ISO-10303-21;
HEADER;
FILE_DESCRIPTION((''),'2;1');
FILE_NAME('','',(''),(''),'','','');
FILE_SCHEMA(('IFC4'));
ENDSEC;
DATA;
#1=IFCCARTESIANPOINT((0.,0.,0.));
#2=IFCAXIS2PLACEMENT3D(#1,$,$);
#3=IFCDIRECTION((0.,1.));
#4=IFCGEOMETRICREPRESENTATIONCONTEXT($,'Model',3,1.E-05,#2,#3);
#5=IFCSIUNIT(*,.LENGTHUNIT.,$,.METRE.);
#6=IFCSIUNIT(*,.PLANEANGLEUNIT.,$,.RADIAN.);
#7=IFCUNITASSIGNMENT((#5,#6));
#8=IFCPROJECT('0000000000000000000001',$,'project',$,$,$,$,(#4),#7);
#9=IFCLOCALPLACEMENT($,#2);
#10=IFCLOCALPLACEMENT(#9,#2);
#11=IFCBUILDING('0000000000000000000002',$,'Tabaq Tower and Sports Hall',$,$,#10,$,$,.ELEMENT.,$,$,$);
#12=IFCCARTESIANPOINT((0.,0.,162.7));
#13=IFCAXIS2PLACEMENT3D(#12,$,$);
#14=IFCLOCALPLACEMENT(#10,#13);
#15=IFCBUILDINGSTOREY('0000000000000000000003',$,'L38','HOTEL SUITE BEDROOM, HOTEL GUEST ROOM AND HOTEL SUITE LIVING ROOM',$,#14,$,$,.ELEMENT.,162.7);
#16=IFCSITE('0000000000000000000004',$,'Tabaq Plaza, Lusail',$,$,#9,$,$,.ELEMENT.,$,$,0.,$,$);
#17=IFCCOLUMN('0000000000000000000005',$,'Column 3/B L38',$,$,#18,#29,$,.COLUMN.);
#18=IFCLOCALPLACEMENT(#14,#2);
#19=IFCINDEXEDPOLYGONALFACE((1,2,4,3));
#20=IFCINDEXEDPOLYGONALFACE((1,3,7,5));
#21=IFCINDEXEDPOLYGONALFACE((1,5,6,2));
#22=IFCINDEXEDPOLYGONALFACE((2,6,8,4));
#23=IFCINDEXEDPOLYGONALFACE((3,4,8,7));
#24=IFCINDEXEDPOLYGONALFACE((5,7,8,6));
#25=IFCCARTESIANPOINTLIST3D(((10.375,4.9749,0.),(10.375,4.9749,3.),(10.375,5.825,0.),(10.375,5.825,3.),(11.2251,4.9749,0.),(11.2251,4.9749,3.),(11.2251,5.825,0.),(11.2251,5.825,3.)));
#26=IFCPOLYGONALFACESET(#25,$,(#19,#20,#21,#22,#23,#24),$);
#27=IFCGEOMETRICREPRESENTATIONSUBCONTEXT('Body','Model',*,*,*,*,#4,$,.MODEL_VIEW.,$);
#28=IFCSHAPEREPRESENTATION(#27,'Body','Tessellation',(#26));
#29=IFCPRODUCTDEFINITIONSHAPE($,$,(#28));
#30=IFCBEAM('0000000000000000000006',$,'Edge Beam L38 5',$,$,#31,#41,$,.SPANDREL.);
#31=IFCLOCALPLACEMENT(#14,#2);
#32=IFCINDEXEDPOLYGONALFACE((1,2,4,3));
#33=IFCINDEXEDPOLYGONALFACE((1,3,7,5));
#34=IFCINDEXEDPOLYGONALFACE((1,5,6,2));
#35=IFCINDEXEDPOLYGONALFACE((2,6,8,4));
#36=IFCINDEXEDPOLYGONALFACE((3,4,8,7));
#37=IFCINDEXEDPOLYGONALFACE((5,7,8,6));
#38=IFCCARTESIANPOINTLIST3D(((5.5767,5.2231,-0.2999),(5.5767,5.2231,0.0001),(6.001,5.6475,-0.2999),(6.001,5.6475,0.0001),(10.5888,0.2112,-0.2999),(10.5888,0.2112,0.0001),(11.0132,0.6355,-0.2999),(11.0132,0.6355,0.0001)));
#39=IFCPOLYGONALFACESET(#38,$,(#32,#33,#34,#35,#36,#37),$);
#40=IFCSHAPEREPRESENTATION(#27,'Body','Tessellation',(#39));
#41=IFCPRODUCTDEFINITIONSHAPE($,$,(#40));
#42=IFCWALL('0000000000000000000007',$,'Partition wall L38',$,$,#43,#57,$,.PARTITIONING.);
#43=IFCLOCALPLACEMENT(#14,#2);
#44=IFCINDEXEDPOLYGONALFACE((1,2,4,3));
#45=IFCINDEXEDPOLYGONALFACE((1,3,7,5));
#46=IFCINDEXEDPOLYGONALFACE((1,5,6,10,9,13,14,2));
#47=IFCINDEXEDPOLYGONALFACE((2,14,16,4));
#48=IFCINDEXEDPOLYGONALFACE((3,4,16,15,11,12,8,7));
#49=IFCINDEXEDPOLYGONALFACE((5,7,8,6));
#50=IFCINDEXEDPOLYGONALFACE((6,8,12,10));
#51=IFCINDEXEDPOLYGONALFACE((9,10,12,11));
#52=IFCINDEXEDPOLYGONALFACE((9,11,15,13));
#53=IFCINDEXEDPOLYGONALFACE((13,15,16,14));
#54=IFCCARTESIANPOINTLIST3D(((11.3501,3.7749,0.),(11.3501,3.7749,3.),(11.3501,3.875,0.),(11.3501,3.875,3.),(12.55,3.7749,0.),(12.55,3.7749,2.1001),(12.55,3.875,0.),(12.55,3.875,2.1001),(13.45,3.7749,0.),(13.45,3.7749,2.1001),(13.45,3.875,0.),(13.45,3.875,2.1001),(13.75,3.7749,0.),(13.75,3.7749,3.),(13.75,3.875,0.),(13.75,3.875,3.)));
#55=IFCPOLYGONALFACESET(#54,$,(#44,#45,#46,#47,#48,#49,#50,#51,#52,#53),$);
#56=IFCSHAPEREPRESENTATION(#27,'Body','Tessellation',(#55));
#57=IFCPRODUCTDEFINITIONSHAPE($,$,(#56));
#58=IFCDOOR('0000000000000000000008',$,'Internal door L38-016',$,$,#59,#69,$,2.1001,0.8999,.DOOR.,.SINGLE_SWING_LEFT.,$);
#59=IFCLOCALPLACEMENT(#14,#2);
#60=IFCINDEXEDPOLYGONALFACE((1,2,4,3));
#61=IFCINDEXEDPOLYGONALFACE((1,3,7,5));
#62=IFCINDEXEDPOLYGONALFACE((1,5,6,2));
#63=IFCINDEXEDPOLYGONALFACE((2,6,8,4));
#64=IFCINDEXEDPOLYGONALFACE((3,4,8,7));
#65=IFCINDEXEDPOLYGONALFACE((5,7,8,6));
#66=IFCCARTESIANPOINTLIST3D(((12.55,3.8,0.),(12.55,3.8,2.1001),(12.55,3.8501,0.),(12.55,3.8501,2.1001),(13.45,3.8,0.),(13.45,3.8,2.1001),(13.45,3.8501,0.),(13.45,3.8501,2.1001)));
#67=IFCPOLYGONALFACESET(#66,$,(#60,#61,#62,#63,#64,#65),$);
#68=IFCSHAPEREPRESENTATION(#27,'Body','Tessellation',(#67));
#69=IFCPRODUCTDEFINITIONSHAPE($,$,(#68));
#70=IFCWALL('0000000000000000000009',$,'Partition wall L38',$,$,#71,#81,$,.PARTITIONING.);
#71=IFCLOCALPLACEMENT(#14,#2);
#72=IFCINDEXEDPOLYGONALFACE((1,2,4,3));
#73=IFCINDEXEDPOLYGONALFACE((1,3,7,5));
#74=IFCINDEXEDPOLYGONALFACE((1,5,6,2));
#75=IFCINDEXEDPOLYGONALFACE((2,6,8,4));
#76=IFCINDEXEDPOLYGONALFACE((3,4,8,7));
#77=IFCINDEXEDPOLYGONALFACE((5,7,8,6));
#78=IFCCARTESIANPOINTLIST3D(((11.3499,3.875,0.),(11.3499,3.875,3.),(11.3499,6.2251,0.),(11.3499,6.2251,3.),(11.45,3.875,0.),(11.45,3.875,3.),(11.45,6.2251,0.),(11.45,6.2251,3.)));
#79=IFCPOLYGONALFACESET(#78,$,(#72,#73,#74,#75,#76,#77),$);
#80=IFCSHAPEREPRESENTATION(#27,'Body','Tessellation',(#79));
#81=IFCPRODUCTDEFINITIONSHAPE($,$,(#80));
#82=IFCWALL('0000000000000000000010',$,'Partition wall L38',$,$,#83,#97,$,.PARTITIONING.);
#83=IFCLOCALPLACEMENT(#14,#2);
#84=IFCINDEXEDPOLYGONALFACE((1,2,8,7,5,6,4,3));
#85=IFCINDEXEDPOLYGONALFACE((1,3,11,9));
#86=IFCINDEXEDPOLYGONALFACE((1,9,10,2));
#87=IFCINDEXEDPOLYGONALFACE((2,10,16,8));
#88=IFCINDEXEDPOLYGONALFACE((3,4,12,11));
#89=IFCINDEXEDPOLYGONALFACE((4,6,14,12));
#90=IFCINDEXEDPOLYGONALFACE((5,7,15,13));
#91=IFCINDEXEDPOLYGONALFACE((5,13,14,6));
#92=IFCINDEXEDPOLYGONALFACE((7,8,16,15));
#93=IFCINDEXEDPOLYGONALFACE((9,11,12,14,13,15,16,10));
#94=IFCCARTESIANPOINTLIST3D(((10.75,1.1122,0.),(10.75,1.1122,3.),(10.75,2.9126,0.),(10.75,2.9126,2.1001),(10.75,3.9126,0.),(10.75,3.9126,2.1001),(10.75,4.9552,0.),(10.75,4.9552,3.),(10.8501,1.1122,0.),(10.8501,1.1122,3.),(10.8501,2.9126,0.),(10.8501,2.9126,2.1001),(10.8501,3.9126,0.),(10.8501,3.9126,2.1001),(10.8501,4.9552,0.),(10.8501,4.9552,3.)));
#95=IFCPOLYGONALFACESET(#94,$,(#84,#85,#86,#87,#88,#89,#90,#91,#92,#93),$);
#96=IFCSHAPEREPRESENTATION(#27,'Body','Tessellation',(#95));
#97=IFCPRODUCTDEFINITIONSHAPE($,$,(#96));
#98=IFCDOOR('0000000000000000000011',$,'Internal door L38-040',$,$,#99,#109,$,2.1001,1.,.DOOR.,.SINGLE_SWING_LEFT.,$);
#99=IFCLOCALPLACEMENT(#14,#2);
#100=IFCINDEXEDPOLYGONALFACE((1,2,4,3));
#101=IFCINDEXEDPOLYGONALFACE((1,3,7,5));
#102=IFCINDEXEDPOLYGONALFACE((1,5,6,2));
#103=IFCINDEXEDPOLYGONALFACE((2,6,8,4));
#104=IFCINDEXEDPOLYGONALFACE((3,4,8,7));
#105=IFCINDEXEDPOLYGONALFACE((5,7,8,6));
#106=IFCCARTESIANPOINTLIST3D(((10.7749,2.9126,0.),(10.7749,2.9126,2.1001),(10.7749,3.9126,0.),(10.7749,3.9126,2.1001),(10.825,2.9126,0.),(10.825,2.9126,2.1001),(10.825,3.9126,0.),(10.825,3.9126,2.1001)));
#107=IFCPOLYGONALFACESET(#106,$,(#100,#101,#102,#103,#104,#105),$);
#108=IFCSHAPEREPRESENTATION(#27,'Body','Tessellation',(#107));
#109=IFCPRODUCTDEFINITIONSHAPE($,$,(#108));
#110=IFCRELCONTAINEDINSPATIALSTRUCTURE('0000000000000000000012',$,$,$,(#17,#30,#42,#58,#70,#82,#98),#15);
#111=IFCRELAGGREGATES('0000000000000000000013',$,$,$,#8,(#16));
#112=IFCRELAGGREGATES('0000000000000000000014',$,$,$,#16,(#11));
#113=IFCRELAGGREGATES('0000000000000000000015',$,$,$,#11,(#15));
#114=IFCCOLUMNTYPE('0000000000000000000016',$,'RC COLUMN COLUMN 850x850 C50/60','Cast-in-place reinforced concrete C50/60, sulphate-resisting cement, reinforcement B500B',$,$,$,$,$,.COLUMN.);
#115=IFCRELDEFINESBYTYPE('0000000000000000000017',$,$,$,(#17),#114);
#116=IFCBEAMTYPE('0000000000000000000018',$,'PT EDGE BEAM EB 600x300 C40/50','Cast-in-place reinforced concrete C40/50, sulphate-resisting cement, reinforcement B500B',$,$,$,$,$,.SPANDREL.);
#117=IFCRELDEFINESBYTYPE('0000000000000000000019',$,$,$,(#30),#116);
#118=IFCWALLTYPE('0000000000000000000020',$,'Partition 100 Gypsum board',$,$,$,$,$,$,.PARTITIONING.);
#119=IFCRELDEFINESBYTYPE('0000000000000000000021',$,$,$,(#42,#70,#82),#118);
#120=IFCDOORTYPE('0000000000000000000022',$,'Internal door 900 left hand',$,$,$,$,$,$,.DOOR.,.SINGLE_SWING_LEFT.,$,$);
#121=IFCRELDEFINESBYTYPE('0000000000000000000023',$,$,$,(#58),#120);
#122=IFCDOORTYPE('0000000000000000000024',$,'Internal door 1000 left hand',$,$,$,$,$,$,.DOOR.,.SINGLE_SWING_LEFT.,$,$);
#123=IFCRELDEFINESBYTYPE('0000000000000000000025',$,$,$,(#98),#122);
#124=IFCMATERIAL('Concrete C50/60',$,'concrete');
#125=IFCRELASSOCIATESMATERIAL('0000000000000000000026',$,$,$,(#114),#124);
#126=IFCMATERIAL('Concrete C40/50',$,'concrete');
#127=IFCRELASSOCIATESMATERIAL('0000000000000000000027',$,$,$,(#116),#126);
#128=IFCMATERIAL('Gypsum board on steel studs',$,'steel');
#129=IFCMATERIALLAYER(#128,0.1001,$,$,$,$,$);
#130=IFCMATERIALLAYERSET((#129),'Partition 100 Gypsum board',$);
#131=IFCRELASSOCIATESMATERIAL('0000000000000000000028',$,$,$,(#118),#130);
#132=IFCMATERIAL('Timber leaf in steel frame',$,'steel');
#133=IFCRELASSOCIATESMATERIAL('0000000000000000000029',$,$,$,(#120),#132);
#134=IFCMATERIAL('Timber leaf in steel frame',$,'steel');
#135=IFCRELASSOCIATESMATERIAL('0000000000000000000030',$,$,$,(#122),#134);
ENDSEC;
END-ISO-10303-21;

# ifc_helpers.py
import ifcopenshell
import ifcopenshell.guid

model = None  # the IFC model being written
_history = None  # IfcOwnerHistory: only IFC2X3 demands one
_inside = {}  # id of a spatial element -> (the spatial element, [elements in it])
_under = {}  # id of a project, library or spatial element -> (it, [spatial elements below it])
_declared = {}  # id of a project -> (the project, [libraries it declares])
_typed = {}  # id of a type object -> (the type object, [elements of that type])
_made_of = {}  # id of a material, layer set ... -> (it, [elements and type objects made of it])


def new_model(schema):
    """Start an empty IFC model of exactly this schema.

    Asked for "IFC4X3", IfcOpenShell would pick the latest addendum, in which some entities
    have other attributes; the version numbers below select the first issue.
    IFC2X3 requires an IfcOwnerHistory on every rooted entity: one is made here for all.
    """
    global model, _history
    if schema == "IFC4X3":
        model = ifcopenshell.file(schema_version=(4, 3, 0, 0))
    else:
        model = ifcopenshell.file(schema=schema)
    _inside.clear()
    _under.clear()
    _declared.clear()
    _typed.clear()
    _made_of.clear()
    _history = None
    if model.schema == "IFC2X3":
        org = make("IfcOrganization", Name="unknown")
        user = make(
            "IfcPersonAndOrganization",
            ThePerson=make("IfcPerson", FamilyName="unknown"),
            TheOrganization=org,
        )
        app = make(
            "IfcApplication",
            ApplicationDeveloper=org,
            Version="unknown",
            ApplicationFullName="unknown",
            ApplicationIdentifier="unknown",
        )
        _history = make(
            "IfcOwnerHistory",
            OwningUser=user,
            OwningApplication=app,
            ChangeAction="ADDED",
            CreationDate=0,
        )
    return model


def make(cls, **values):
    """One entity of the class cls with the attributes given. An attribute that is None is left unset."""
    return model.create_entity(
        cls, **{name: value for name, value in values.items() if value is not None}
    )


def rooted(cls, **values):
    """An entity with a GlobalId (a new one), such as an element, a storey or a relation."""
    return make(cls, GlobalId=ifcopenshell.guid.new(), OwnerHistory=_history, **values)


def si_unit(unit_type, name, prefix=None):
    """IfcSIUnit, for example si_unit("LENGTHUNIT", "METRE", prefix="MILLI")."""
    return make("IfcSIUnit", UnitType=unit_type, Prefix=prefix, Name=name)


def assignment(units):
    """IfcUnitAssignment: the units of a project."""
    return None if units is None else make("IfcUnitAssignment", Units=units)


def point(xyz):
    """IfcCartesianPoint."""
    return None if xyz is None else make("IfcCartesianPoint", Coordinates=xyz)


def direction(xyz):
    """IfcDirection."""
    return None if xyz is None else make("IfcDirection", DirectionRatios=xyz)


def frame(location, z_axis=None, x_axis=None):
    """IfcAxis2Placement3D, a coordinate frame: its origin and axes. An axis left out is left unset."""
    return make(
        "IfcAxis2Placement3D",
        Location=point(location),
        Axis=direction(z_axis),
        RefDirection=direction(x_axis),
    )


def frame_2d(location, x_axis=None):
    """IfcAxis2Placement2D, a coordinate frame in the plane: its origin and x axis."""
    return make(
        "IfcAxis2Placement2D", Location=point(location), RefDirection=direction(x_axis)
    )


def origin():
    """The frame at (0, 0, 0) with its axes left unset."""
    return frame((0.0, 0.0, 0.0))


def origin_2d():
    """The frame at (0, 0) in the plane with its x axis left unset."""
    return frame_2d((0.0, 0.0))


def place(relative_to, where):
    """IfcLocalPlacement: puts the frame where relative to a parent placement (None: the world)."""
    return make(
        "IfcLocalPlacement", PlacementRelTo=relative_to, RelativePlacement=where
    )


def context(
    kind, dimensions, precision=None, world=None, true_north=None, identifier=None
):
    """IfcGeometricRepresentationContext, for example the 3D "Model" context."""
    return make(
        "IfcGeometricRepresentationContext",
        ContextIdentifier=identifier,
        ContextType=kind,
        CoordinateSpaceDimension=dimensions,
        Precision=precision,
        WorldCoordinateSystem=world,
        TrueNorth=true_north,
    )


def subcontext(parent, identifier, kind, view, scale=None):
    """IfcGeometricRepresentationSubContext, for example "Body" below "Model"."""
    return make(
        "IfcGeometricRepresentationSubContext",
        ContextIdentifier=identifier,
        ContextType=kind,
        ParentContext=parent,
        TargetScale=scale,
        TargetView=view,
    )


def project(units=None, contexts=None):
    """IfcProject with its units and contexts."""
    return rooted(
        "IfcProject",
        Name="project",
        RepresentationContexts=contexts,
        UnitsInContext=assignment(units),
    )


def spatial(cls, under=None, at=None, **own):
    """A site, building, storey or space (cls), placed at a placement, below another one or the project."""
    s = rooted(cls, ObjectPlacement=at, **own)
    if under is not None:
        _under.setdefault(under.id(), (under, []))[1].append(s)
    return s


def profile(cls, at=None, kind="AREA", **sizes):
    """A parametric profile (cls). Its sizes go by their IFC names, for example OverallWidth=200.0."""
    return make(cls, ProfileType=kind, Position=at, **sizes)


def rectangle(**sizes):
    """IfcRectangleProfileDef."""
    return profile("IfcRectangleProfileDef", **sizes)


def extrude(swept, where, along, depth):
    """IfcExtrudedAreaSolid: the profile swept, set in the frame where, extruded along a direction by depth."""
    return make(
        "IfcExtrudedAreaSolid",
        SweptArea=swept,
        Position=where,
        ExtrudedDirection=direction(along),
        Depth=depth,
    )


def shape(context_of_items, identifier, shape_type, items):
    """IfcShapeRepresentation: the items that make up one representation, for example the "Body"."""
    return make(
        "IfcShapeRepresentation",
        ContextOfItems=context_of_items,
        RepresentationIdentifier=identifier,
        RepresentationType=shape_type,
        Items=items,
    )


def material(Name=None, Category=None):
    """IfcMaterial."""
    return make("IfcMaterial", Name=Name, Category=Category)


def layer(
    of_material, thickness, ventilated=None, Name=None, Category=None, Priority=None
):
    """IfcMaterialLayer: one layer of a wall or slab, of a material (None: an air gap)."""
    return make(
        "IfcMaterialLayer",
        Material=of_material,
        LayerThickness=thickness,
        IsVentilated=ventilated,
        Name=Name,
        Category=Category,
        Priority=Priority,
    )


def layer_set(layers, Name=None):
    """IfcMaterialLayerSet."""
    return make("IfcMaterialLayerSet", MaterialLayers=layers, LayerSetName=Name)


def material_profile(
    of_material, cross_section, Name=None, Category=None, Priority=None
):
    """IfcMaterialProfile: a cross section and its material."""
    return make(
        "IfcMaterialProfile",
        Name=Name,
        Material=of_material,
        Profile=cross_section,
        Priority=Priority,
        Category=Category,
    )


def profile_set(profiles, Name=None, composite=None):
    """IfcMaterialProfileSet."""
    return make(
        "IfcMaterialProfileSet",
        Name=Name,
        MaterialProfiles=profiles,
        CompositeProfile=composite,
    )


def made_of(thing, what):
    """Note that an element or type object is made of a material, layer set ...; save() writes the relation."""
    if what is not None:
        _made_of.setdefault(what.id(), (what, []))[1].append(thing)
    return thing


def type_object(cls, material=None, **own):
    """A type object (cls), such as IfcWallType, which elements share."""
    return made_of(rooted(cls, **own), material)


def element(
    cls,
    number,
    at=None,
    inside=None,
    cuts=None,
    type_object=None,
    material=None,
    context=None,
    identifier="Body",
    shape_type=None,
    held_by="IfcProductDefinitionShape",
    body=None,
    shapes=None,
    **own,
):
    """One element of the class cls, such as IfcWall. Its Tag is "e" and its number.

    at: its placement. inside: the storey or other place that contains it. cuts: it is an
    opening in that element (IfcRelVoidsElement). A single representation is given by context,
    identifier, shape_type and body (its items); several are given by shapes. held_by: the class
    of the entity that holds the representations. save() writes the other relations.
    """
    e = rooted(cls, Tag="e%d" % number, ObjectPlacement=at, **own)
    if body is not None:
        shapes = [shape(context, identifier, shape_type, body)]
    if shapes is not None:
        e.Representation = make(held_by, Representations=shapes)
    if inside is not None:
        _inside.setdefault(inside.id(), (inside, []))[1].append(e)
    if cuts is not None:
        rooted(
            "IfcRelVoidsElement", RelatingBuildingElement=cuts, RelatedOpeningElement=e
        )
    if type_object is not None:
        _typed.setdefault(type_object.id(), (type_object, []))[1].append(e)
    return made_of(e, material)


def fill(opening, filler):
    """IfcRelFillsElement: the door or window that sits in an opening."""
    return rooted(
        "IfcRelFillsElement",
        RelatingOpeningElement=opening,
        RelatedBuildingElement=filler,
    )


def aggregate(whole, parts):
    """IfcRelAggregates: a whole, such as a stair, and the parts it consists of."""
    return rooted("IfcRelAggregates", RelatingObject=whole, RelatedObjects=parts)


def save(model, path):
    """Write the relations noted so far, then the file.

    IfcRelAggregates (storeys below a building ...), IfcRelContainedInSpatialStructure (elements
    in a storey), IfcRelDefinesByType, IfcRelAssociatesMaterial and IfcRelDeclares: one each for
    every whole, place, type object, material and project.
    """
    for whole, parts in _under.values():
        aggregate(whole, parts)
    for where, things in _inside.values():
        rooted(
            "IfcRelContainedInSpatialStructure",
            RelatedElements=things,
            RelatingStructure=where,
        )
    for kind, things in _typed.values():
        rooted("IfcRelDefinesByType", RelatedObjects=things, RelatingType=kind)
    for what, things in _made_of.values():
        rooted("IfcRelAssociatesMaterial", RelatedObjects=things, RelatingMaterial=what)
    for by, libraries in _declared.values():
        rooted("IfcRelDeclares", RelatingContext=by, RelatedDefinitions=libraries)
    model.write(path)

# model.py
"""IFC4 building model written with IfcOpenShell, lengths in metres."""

from ifc_helpers import new_model, si_unit, direction, frame, frame_2d, origin, origin_2d, place, context, subcontext, project, spatial, rectangle, extrude, material, layer, layer_set, material_profile, profile_set, type_object, element, fill, save


model = new_model("IFC4")

# Units and contexts
model_context = context("Model", 3, precision=1e-05, world=origin(), true_north=direction((0.0, 1.0)))
body_context = subcontext(model_context, "Body", "Model", "MODEL_VIEW")
ifc_project = project(units=[si_unit("LENGTHUNIT", "METRE"), si_unit("PLANEANGLEUNIT", "RADIAN")], contexts=[model_context])

# Site, building, storey
site_placement = place(None, origin())
site = spatial("IfcSite", under=ifc_project, at=site_placement, Name="Tabaq Plaza, Lusail", CompositionType="ELEMENT", RefElevation=0.0)
building_placement = place(site_placement, origin())
building = spatial("IfcBuilding", under=site, at=building_placement, Name="Tabaq Tower and Sports Hall", CompositionType="ELEMENT")
storey_placement = place(building_placement, frame((0.0, 0.0, 162.7)))
storey = spatial("IfcBuildingStorey", under=building, at=storey_placement, Name="L38", Description="HOTEL SUITE BEDROOM, HOTEL GUEST ROOM AND HOTEL SUITE LIVING ROOM", CompositionType="ELEMENT", Elevation=162.7)

# Column
ifc_material_1 = material(Name="Concrete C50/60", Category="concrete")
ifc_material_profile_1 = material_profile(ifc_material_1, rectangle(XDim=0.8501, YDim=0.8501, at=origin_2d()), Name="COLUMN 850x850")
ifc_profile_set_1 = profile_set([ifc_material_profile_1], Name="Concrete C50/60")
column_type = type_object("IfcColumnType", Name="RC COLUMN COLUMN 850x850 C50/60", Description="Cast-in-place reinforced concrete C50/60, sulphate-resisting cement, reinforcement B500B", PredefinedType="COLUMN", material=ifc_profile_set_1)
column_placement = place(storey_placement, frame((10.8, 5.3999, 0.0), z_axis=(0.0, 0.0, 1.0), x_axis=(1.0, 0.0, 0.0)))
element("IfcColumn", 1, at=column_placement, inside=storey, type_object=column_type, Name="Column 3/B L38", PredefinedType="COLUMN", context=body_context, shape_type="SweptSolid", body=[
    extrude(rectangle(XDim=0.8501, YDim=0.8501, at=origin_2d()), origin(), (0.0, 0.0, 1.0), 3.0),
])

# Beam
ifc_material_2 = material(Name="Concrete C40/50", Category="concrete")
ifc_material_profile_2 = material_profile(ifc_material_2, rectangle(XDim=0.6001, YDim=0.3, at=origin_2d()), Name="EB 600x300")
ifc_profile_set_2 = profile_set([ifc_material_profile_2], Name="Concrete C40/50")
beam_type = type_object("IfcBeamType", Name="PT EDGE BEAM EB 600x300 C40/50", Description="Cast-in-place reinforced concrete C40/50, sulphate-resisting cement, reinforcement B500B", PredefinedType="SPANDREL", material=ifc_profile_set_2)
beam_placement = place(storey_placement, frame((5.7888, 5.4353, -0.1499), z_axis=(0.707124, -0.70709, 0.0), x_axis=(0.70709, 0.707124, 0.0)))
element("IfcBeam", 2, at=beam_placement, inside=storey, type_object=beam_type, Name="Edge Beam L38 5", PredefinedType="SPANDREL", context=body_context, shape_type="SweptSolid", body=[
    extrude(rectangle(XDim=0.6001, YDim=0.3, at=origin_2d()), origin(), (0.0, 0.0, 1.0), 7.0881),
])

# Wall, opening, door
ifc_material_3 = material(Name="Gypsum board on steel studs", Category="steel")
ifc_layer_1 = layer(ifc_material_3, 0.1001)
ifc_layer_set_1 = layer_set([ifc_layer_1], Name="Partition 100 Gypsum board")
wall_type_1 = type_object("IfcWallType", Name="Partition 100 Gypsum board", PredefinedType="PARTITIONING", material=ifc_layer_set_1)
wall_1_placement = place(storey_placement, frame((13.75, 3.825, 0.0), z_axis=(0.0, 0.0, 1.0), x_axis=(-1.0, 0.0, 0.0)))
wall_1 = element("IfcWall", 3, at=wall_1_placement, inside=storey, type_object=wall_type_1, Name="Partition wall L38", PredefinedType="PARTITIONING", context=body_context, shape_type="SweptSolid", body=[
    extrude(rectangle(XDim=2.3999, YDim=0.1001, at=frame_2d((1.2, 0.0))), origin(), (0.0, 0.0, 1.0), 3.0),
])
opening_1_placement = place(wall_1_placement, frame((0.3, 0.0, 0.0)))
opening_1 = element("IfcOpeningElement", 4, at=opening_1_placement, cuts=wall_1, PredefinedType="OPENING", context=body_context, shape_type="SweptSolid", body=[
    extrude(rectangle(XDim=0.8999, YDim=2.1001, at=frame_2d((0.45, 1.05))), frame((0.0, 0.05, 0.0), z_axis=(0.0, -1.0, 0.0), x_axis=(1.0, 0.0, 0.0)), (0.0, 0.0, 1.0), 0.1001),
])
ifc_material_4 = material(Name="Timber leaf in steel frame", Category="steel")
door_type_1 = type_object("IfcDoorType", Name="Internal door 900 left hand", OperationType="SINGLE_SWING_LEFT", PredefinedType="DOOR", material=ifc_material_4)
door_1_placement = place(opening_1_placement, origin())
door_1 = element("IfcDoor", 5, at=door_1_placement, inside=storey, type_object=door_type_1, Name="Internal door L38-016", OperationType="SINGLE_SWING_LEFT", OverallHeight=2.1001, OverallWidth=0.8999, PredefinedType="DOOR", context=body_context, shape_type="SweptSolid", body=[
    extrude(rectangle(XDim=0.8999, YDim=2.1001, at=frame_2d((0.45, 1.05))), frame((0.0, 0.0249, 0.0), z_axis=(0.0, -1.0, 0.0), x_axis=(1.0, 0.0, 0.0)), (0.0, 0.0, 1.0), 0.05),
])
fill(opening_1, door_1)

# Wall
wall_2_placement = place(storey_placement, frame((11.3999, 3.875, 0.0), z_axis=(0.0, 0.0, 1.0), x_axis=(0.0, 1.0, 0.0)))
element("IfcWall", 6, at=wall_2_placement, inside=storey, type_object=wall_type_1, Name="Partition wall L38", PredefinedType="PARTITIONING", context=body_context, shape_type="SweptSolid", body=[
    extrude(rectangle(XDim=2.3501, YDim=0.1001, at=frame_2d((1.175, 0.0))), origin(), (0.0, 0.0, 1.0), 3.0),
])

# Wall, opening, door
wall_3_placement = place(storey_placement, frame((10.8, 4.9551, 0.0), z_axis=(0.0, 0.0, 1.0), x_axis=(0.0, -1.0, 0.0)))
wall_3 = element("IfcWall", 7, at=wall_3_placement, inside=storey, type_object=wall_type_1, Name="Partition wall L38", PredefinedType="PARTITIONING", context=body_context, shape_type="SweptSolid", body=[
    extrude(rectangle(XDim=3.843, YDim=0.1001, at=frame_2d((1.9214, 0.0))), origin(), (0.0, 0.0, 1.0), 3.0),
])
opening_2_placement = place(wall_3_placement, frame((1.0425, 0.0, 0.0)))
opening_2 = element("IfcOpeningElement", 8, at=opening_2_placement, cuts=wall_3, PredefinedType="OPENING", context=body_context, shape_type="SweptSolid", body=[
    extrude(rectangle(XDim=1.0, YDim=2.1001, at=frame_2d((0.5, 1.05))), frame((0.0, 0.05, 0.0), z_axis=(0.0, -1.0, 0.0), x_axis=(1.0, 0.0, 0.0)), (0.0, 0.0, 1.0), 0.1001),
])
ifc_material_5 = material(Name="Timber leaf in steel frame", Category="steel")
door_type_2 = type_object("IfcDoorType", Name="Internal door 1000 left hand", OperationType="SINGLE_SWING_LEFT", PredefinedType="DOOR", material=ifc_material_5)
door_2_placement = place(opening_2_placement, origin())
door_2 = element("IfcDoor", 9, at=door_2_placement, inside=storey, type_object=door_type_2, Name="Internal door L38-040", OperationType="SINGLE_SWING_LEFT", OverallHeight=2.1001, OverallWidth=1.0, PredefinedType="DOOR", context=body_context, shape_type="SweptSolid", body=[
    extrude(rectangle(XDim=1.0, YDim=2.1001, at=frame_2d((0.5, 1.05))), frame((0.0, 0.0249, 0.0), z_axis=(0.0, -1.0, 0.0), x_axis=(1.0, 0.0, 0.0)), (0.0, 0.0, 1.0), 0.05),
])
fill(opening_2, door_2)

save(model, "model.ifc")
